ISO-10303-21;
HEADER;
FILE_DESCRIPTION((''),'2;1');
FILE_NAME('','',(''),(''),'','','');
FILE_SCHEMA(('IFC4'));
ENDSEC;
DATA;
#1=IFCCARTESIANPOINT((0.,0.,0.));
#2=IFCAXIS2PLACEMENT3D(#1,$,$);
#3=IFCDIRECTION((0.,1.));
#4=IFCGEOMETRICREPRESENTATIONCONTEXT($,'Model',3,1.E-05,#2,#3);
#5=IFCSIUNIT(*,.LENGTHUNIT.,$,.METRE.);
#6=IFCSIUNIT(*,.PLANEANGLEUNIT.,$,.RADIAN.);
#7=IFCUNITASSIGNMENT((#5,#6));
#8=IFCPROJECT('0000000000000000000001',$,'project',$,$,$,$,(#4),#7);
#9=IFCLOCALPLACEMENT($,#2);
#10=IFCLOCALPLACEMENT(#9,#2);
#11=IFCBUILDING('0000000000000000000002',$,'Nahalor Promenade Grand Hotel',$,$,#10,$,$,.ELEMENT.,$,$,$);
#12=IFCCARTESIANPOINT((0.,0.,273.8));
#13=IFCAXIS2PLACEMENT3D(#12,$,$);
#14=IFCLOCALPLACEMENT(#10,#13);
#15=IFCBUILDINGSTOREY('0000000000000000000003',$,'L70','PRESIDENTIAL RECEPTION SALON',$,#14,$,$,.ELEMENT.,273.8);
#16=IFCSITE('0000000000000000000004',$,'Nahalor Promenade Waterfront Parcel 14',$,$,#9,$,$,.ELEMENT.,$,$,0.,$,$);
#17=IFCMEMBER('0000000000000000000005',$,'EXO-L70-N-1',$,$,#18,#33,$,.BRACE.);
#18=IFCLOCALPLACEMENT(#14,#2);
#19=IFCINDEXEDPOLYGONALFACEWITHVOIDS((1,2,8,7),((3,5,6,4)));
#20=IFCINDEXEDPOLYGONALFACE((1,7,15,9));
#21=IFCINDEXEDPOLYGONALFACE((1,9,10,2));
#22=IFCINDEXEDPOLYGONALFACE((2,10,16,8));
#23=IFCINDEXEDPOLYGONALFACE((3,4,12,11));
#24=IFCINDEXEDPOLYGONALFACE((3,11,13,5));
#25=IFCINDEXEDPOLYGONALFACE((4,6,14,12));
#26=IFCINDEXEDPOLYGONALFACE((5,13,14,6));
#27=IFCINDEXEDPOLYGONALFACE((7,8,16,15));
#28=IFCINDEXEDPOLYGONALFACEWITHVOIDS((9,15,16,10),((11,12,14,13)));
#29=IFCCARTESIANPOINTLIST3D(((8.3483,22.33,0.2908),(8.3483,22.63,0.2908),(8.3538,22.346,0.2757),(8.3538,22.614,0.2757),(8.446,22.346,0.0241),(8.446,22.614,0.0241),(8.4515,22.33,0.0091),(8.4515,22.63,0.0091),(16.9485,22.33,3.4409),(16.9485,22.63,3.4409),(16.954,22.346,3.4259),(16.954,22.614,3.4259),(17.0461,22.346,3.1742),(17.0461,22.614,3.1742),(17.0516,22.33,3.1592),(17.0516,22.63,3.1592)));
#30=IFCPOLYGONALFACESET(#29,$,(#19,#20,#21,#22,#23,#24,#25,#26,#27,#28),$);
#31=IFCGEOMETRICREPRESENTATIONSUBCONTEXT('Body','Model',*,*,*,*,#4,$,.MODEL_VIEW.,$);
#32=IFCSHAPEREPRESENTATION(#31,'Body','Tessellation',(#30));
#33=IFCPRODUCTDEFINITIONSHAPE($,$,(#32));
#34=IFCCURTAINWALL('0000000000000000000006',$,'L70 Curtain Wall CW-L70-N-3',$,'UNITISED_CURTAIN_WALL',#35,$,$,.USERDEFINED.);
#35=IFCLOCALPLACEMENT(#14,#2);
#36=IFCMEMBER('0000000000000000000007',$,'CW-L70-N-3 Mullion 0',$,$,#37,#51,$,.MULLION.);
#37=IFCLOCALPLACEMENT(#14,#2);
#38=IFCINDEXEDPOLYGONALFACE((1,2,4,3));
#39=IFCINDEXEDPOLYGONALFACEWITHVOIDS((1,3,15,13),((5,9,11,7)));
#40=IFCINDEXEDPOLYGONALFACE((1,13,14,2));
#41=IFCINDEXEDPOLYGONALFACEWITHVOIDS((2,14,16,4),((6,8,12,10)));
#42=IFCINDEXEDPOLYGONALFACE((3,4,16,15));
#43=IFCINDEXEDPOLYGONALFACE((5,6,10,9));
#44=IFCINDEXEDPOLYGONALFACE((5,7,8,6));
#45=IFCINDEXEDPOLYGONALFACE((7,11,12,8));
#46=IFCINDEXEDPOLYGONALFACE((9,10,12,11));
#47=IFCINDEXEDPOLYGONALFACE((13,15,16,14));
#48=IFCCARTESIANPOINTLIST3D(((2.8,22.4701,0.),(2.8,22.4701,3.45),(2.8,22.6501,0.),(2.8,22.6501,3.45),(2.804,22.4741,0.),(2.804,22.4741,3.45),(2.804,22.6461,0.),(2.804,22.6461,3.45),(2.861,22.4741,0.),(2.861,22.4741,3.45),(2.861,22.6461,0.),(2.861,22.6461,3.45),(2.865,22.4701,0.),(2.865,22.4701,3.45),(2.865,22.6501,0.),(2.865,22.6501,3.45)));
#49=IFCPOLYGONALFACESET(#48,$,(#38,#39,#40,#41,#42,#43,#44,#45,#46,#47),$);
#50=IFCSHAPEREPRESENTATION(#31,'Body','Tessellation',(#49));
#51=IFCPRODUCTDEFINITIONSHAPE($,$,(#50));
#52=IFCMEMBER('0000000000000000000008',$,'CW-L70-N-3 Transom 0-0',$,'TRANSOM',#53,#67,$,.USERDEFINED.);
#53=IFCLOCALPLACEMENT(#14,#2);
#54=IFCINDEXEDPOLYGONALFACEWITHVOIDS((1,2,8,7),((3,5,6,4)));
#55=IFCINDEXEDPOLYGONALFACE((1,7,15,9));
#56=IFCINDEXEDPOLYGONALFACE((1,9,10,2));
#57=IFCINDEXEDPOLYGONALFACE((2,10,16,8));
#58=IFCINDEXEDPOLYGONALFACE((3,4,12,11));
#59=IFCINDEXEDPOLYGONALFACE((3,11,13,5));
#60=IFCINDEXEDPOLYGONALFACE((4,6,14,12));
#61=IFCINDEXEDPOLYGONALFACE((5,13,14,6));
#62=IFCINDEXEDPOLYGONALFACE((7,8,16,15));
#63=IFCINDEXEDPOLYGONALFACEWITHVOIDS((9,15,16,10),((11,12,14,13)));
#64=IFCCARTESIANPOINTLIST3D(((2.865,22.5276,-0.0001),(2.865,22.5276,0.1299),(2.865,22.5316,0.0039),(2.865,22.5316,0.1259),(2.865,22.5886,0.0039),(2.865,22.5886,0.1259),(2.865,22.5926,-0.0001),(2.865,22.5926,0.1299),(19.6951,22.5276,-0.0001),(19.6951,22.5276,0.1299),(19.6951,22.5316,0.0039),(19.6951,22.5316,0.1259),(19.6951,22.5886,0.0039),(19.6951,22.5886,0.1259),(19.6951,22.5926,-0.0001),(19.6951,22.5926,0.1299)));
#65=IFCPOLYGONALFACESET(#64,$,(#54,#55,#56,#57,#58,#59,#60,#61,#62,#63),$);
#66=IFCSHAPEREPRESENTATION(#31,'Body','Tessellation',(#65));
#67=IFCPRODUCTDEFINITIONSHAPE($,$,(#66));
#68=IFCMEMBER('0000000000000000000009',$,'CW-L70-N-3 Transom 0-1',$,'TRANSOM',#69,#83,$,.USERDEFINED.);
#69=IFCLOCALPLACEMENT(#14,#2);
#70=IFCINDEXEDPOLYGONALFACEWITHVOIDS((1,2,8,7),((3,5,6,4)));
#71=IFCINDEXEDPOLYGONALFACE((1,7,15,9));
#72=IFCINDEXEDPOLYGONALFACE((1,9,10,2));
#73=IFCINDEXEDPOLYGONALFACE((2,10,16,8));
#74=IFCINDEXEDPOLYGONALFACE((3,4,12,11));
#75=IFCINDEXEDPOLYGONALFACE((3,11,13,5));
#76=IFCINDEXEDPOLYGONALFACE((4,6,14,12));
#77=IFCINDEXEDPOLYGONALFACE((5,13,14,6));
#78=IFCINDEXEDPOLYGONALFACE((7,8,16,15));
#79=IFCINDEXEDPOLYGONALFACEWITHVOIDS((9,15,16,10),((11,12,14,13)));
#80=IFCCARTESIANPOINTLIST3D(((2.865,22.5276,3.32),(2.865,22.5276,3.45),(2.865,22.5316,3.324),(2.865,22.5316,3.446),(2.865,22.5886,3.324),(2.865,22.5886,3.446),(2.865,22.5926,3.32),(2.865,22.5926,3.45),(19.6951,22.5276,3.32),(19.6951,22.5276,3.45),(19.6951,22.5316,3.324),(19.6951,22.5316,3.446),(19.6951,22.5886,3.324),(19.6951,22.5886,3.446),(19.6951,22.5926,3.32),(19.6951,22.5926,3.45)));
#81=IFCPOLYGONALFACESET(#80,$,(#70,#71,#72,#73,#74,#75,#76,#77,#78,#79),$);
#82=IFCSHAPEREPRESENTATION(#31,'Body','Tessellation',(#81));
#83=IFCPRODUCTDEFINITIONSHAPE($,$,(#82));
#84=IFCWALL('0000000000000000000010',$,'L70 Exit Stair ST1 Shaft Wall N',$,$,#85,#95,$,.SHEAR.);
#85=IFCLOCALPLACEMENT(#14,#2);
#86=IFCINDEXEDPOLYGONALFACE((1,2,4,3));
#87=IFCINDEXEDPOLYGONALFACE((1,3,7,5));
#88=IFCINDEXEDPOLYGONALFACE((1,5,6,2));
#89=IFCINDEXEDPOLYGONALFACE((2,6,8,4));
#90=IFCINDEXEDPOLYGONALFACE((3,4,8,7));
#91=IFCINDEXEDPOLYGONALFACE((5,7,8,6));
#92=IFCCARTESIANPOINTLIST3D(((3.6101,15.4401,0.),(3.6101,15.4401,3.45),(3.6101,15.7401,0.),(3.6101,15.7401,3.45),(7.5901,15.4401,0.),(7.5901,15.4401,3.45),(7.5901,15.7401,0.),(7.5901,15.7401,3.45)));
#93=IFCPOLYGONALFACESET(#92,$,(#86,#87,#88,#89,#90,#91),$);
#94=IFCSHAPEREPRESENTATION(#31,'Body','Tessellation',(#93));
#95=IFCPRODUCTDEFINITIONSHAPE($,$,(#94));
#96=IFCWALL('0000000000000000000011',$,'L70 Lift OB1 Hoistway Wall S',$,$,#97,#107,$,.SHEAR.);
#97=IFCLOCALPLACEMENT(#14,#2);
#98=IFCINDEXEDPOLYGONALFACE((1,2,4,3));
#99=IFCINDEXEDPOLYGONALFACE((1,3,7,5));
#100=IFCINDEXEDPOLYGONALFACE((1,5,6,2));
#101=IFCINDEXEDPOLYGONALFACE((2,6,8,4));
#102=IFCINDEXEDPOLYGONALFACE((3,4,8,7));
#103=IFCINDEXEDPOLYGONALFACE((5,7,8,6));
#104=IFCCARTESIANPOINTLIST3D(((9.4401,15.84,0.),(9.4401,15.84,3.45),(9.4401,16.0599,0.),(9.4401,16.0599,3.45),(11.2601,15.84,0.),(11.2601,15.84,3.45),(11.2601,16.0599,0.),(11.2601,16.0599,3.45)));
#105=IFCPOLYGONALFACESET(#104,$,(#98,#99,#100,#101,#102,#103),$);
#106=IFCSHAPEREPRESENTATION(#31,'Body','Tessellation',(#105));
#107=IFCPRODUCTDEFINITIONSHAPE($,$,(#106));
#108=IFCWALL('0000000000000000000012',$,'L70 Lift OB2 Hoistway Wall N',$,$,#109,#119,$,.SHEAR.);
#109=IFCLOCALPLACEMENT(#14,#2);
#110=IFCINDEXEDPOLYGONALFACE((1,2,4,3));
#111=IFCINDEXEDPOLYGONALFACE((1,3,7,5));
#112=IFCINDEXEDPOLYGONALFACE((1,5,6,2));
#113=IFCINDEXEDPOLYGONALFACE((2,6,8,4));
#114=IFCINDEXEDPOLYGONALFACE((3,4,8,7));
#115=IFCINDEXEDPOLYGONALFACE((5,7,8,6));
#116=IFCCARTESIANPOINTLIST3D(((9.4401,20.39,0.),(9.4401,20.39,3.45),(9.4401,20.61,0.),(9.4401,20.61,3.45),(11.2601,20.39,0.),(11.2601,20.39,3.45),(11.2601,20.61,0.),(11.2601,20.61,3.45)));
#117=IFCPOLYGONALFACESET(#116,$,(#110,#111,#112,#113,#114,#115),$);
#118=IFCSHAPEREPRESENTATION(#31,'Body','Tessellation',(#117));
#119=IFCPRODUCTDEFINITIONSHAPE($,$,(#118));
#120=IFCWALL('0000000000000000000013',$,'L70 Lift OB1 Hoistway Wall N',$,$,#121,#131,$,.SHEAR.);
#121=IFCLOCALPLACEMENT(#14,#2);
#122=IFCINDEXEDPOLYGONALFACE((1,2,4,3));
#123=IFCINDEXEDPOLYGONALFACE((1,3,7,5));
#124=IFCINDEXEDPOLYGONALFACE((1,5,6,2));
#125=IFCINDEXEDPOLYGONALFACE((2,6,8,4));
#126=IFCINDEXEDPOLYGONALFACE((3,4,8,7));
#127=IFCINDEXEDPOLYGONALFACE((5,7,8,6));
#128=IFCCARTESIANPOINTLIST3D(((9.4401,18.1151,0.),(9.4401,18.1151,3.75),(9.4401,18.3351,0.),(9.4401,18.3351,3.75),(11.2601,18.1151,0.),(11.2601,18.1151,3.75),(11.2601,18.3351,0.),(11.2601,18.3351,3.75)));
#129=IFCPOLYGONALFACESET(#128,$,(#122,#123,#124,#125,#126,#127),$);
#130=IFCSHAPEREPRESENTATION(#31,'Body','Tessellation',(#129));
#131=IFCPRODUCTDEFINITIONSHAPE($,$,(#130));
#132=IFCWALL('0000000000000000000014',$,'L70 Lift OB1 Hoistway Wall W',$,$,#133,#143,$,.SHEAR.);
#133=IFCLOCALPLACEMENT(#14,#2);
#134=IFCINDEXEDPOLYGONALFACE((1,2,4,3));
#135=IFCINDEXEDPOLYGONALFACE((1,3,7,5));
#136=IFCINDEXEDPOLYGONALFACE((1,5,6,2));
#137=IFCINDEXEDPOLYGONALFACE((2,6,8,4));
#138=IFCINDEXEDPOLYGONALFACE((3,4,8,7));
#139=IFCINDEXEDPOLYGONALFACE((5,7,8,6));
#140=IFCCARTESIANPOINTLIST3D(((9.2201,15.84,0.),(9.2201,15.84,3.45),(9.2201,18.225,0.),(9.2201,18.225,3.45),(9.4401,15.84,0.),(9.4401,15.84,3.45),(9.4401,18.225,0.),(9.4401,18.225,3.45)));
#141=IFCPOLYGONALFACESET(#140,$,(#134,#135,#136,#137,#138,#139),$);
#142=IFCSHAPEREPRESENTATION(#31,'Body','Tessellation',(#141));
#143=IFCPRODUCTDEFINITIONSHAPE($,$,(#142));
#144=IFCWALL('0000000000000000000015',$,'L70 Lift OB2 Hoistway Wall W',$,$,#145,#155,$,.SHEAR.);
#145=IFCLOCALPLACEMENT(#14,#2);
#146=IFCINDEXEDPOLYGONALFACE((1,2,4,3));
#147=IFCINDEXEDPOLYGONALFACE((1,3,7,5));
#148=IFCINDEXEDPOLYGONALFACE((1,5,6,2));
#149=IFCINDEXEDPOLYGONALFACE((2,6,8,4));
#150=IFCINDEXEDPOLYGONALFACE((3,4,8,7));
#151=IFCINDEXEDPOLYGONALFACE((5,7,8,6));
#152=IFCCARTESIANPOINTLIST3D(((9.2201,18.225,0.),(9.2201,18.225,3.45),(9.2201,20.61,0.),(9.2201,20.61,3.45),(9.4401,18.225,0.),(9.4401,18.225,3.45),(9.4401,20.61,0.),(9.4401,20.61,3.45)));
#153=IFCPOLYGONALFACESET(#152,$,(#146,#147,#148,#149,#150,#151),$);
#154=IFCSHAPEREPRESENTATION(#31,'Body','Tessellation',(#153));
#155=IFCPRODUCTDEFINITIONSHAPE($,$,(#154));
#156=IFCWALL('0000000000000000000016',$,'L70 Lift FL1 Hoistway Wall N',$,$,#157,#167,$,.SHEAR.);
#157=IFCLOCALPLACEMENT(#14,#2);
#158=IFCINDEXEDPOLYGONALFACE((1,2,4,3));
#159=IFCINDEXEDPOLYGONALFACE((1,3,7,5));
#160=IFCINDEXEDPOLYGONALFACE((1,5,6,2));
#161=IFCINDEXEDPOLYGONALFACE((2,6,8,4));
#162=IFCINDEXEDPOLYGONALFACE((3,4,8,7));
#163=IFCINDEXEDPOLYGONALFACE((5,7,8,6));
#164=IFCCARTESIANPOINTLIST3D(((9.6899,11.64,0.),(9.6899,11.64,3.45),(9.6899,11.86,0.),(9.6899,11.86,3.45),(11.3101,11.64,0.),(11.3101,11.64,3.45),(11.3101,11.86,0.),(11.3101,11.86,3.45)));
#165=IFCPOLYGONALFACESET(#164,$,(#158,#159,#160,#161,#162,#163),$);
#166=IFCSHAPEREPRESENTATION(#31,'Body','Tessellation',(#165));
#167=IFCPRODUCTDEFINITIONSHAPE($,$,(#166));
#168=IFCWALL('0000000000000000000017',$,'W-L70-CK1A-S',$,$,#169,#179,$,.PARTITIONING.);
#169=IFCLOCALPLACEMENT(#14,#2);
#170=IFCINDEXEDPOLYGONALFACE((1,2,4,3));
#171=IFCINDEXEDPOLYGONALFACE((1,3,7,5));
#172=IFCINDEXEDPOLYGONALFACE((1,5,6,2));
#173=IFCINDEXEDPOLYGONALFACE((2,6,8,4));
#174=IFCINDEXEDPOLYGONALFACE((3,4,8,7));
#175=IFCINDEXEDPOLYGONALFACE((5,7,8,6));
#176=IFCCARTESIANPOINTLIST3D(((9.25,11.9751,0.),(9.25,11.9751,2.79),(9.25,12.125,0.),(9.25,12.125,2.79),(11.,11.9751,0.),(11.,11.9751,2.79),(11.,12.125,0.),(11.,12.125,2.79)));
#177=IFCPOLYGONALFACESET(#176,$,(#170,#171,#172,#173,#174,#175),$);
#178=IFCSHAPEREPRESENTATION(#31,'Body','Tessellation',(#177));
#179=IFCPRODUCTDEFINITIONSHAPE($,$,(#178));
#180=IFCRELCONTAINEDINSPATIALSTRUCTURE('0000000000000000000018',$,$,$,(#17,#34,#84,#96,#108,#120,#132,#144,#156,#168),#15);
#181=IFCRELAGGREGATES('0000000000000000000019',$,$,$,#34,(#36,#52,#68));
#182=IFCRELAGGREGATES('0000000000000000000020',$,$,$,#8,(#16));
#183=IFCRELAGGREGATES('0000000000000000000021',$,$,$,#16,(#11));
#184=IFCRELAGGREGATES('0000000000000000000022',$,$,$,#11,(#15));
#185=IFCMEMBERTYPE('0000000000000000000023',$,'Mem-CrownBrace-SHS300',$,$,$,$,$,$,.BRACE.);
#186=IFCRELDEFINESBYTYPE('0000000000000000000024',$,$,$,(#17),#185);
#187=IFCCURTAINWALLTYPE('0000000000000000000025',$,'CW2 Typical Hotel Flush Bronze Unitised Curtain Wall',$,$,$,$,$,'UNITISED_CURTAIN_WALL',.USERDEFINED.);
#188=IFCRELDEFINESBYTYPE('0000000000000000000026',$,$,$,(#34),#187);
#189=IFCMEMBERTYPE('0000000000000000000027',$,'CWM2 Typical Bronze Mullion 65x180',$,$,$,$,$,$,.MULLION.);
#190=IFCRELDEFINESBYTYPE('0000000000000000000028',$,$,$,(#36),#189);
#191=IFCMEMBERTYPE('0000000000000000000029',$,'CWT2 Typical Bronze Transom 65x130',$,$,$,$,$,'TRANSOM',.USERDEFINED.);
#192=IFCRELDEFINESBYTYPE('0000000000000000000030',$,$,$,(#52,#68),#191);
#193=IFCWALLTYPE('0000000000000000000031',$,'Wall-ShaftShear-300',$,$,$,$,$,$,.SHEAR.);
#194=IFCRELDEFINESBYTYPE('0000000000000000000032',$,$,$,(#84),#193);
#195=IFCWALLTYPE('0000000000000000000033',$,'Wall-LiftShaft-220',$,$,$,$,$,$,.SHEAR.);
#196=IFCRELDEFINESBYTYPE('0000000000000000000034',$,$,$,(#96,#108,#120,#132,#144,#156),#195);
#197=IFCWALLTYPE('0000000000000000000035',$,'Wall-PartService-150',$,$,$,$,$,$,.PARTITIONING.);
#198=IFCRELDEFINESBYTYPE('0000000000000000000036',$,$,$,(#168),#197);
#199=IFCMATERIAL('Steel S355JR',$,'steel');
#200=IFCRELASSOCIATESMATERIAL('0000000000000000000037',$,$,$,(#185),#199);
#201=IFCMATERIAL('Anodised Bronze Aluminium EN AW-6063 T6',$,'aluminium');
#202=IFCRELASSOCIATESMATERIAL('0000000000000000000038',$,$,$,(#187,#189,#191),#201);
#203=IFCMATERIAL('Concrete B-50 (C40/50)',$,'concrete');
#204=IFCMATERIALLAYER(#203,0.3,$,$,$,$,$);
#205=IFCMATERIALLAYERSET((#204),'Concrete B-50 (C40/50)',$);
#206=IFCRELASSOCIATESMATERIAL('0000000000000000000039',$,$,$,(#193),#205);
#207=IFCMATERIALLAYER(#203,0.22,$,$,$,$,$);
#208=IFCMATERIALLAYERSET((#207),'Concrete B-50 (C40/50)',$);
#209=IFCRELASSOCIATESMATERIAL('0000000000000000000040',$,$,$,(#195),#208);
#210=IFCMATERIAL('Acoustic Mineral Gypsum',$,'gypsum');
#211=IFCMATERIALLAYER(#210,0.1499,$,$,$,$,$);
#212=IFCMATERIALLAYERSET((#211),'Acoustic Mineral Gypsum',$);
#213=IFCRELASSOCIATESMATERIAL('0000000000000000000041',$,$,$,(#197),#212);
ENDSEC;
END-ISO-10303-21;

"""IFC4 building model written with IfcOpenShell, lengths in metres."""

from ifc_helpers import new_model, si_unit, direction, frame, frame_2d, origin, origin_2d, place, context, subcontext, project, spatial, rectangle, hollow_rectangle, extrude, source, transform, mapped, material, layer, layer_set, material_profile, profile_set, type_object, element, aggregate, save


model = new_model("IFC4")

# Units and contexts
model_context = context("Model", 3, precision=1e-05, world=origin(), true_north=direction((0.0, 1.0)))
body_context = subcontext(model_context, "Body", "Model", "MODEL_VIEW")
ifc_project = project(units=[si_unit("LENGTHUNIT", "METRE"), si_unit("PLANEANGLEUNIT", "RADIAN")], contexts=[model_context])

# Site, building, storey
site_placement = place(None, origin())
site = spatial("IfcSite", under=ifc_project, at=site_placement, Name="Nahalor Promenade Waterfront Parcel 14", CompositionType="ELEMENT", RefElevation=0.0)
building_placement = place(site_placement, origin())
building = spatial("IfcBuilding", under=site, at=building_placement, Name="Nahalor Promenade Grand Hotel", CompositionType="ELEMENT")
storey_placement = place(building_placement, frame((0.0, 0.0, 273.8)))
storey = spatial("IfcBuildingStorey", under=building, at=storey_placement, Name="L70", Description="PRESIDENTIAL RECEPTION SALON", CompositionType="ELEMENT", Elevation=273.8)

# Shared definitions
ifc_material_1 = material(Name="Concrete B-50 (C40/50)", Category="concrete")
ifc_material_2 = material(Name="Steel S355JR", Category="steel")

# Member
ifc_material_profile_1 = material_profile(ifc_material_2, hollow_rectangle(XDim=0.3, YDim=0.3, WallThickness=0.016, at=origin_2d()), Name="SHS 300x300x16")
ifc_profile_set_1 = profile_set([ifc_material_profile_1], Name="Steel S355JR")
member_type_1 = type_object("IfcMemberType", Name="Mem-CrownBrace-SHS300", PredefinedType="BRACE", material=ifc_profile_set_1)
shared_shape_1 = source(origin(), body_context, "Body", "SweptSolid", [
    extrude(hollow_rectangle(XDim=0.3, YDim=0.3, WallThickness=0.016, at=origin_2d()), origin(), (0.0, 0.0, 1.0), 9.1589),
])
member_1_placement = place(storey_placement, frame((8.3999, 22.48, 0.1499), z_axis=(0.93899, 0.0, 0.343944), x_axis=(0.0, 1.0, 0.0)))
element("IfcMember", 1, at=member_1_placement, inside=storey, type_object=member_type_1, Name="EXO-L70-N-1", PredefinedType="BRACE", context=body_context, shape_type="MappedRepresentation", body=[
    mapped(shared_shape_1, transform((0.0, 0.0, 0.0), scale=1.0)),
])

# Curtain wall, members
ifc_material_3 = material(Name="Anodised Bronze Aluminium EN AW-6063 T6", Category="aluminium")
curtain_wall_type = type_object("IfcCurtainWallType", Name="CW2 Typical Hotel Flush Bronze Unitised Curtain Wall", ElementType="UNITISED_CURTAIN_WALL", PredefinedType="USERDEFINED", material=ifc_material_3)
curtain_wall_placement = place(storey_placement, origin())
curtain_wall = element("IfcCurtainWall", 2, at=curtain_wall_placement, inside=storey, type_object=curtain_wall_type, Name="L70 Curtain Wall CW-L70-N-3", ObjectType="UNITISED_CURTAIN_WALL", PredefinedType="USERDEFINED")
ifc_material_profile_2 = material_profile(ifc_material_3, hollow_rectangle(XDim=0.065, YDim=0.18, WallThickness=0.004, at=origin_2d()), Name="CWM 65x180x4")
ifc_profile_set_2 = profile_set([ifc_material_profile_2], Name="Anodised Bronze Aluminium EN AW-6063 T6")
member_type_2 = type_object("IfcMemberType", Name="CWM2 Typical Bronze Mullion 65x180", PredefinedType="MULLION", material=ifc_profile_set_2)
shared_shape_2 = source(origin(), body_context, "Body", "SweptSolid", [
    extrude(hollow_rectangle(XDim=0.065, YDim=0.18, WallThickness=0.004, at=origin_2d()), origin(), (0.0, 0.0, 1.0), 3.45),
])
member_2_placement = place(storey_placement, frame((2.8325, 22.5601, 0.0), z_axis=(0.0, 0.0, 1.0), x_axis=(1.0, 0.0, 0.0)))
member_2 = element("IfcMember", 3, at=member_2_placement, type_object=member_type_2, Name="CW-L70-N-3 Mullion 0", PredefinedType="MULLION", context=body_context, shape_type="MappedRepresentation", body=[
    mapped(shared_shape_2, transform((0.0, 0.0, 0.0), scale=1.0)),
])
ifc_material_profile_3 = material_profile(ifc_material_3, hollow_rectangle(XDim=0.065, YDim=0.13, WallThickness=0.004, at=origin_2d()), Name="CWT 65x130x4")
ifc_profile_set_3 = profile_set([ifc_material_profile_3], Name="Anodised Bronze Aluminium EN AW-6063 T6")
member_type_3 = type_object("IfcMemberType", Name="CWT2 Typical Bronze Transom 65x130", ElementType="TRANSOM", PredefinedType="USERDEFINED", material=ifc_profile_set_3)
shared_shape_3 = source(origin(), body_context, "Body", "SweptSolid", [
    extrude(hollow_rectangle(XDim=0.065, YDim=0.13, WallThickness=0.004, at=origin_2d()), origin(), (0.0, 0.0, 1.0), 16.8301),
])
member_3_placement = place(storey_placement, frame((2.865, 22.5601, 0.0649), z_axis=(1.0, 0.0, 0.0), x_axis=(0.0, 1.0, 0.0)))
member_3 = element("IfcMember", 4, at=member_3_placement, type_object=member_type_3, Name="CW-L70-N-3 Transom 0-0", ObjectType="TRANSOM", PredefinedType="USERDEFINED", context=body_context, shape_type="MappedRepresentation", body=[
    mapped(shared_shape_3, transform((0.0, 0.0, 0.0), scale=1.0)),
])
member_4_placement = place(storey_placement, frame((2.865, 22.5601, 3.385), z_axis=(1.0, 0.0, 0.0), x_axis=(0.0, 1.0, 0.0)))
member_4 = element("IfcMember", 5, at=member_4_placement, type_object=member_type_3, Name="CW-L70-N-3 Transom 0-1", ObjectType="TRANSOM", PredefinedType="USERDEFINED", context=body_context, shape_type="MappedRepresentation", body=[
    mapped(shared_shape_3, transform((0.0, 0.0, 0.0), scale=1.0)),
])
aggregate(curtain_wall, [member_2, member_3, member_4])

# Walls
ifc_layer_1 = layer(ifc_material_1, 0.3)
ifc_layer_set_1 = layer_set([ifc_layer_1], Name="Concrete B-50 (C40/50)")
wall_type_1 = type_object("IfcWallType", Name="Wall-ShaftShear-300", PredefinedType="SHEAR", material=ifc_layer_set_1)
shared_shape_4 = source(origin(), body_context, "Body", "SweptSolid", [
    extrude(rectangle(XDim=3.98, YDim=0.3, at=frame_2d((1.99, 0.0))), origin(), (0.0, 0.0, 1.0), 3.45),
])
wall_1_placement = place(storey_placement, frame((3.6101, 15.5901, 0.0), z_axis=(0.0, 0.0, 1.0), x_axis=(1.0, 0.0, 0.0)))
element("IfcWall", 6, at=wall_1_placement, inside=storey, type_object=wall_type_1, Name="L70 Exit Stair ST1 Shaft Wall N", PredefinedType="SHEAR", context=body_context, shape_type="MappedRepresentation", body=[
    mapped(shared_shape_4, transform((0.0, 0.0, 0.0), scale=1.0)),
])
ifc_layer_2 = layer(ifc_material_1, 0.22)
ifc_layer_set_2 = layer_set([ifc_layer_2], Name="Concrete B-50 (C40/50)")
wall_type_2 = type_object("IfcWallType", Name="Wall-LiftShaft-220", PredefinedType="SHEAR", material=ifc_layer_set_2)
shared_shape_5 = source(origin(), body_context, "Body", "SweptSolid", [
    extrude(rectangle(XDim=1.8201, YDim=0.22, at=frame_2d((0.9102, 0.0))), origin(), (0.0, 0.0, 1.0), 3.45),
])
for number, where, z_axis, x_axis, name in (
    (7, (9.4399, 15.95, 0.0), (0.0, 0.0, 1.0), (1.0, 0.0, 0.0), "L70 Lift OB1 Hoistway Wall S"),
    (8, (9.4399, 20.5, 0.0), (0.0, 0.0, 1.0), (1.0, 0.0, 0.0), "L70 Lift OB2 Hoistway Wall N"),
):
    element("IfcWall", number, at=place(storey_placement, frame(where, z_axis=z_axis, x_axis=x_axis)), inside=storey, type_object=wall_type_2, Name=name, PredefinedType="SHEAR", context=body_context, shape_type="MappedRepresentation", body=[
        mapped(shared_shape_5, transform((0.0, 0.0, 0.0), scale=1.0)),
    ])
shared_shape_6 = source(origin(), body_context, "Body", "SweptSolid", [
    extrude(rectangle(XDim=1.8201, YDim=0.22, at=frame_2d((0.9102, 0.0))), origin(), (0.0, 0.0, 1.0), 3.75),
])
wall_2_placement = place(storey_placement, frame((9.4399, 18.2251, 0.0), z_axis=(0.0, 0.0, 1.0), x_axis=(1.0, 0.0, 0.0)))
element("IfcWall", 9, at=wall_2_placement, inside=storey, type_object=wall_type_2, Name="L70 Lift OB1 Hoistway Wall N", PredefinedType="SHEAR", context=body_context, shape_type="MappedRepresentation", body=[
    mapped(shared_shape_6, transform((0.0, 0.0, 0.0), scale=1.0)),
])
shared_shape_7 = source(origin(), body_context, "Body", "SweptSolid", [
    extrude(rectangle(XDim=2.385, YDim=0.22, at=frame_2d((1.1924, 0.0))), origin(), (0.0, 0.0, 1.0), 3.45),
])
for number, where, z_axis, x_axis, name in (
    (10, (9.3301, 15.8401, 0.0), (0.0, 0.0, 1.0), (0.0, 1.0, 0.0), "L70 Lift OB1 Hoistway Wall W"),
    (11, (9.3301, 18.2251, 0.0), (0.0, 0.0, 1.0), (0.0, 1.0, 0.0), "L70 Lift OB2 Hoistway Wall W"),
):
    element("IfcWall", number, at=place(storey_placement, frame(where, z_axis=z_axis, x_axis=x_axis)), inside=storey, type_object=wall_type_2, Name=name, PredefinedType="SHEAR", context=body_context, shape_type="MappedRepresentation", body=[
        mapped(shared_shape_7, transform((0.0, 0.0, 0.0), scale=1.0)),
    ])
shared_shape_8 = source(origin(), body_context, "Body", "SweptSolid", [
    extrude(rectangle(XDim=1.6201, YDim=0.22, at=frame_2d((0.8101, 0.0))), origin(), (0.0, 0.0, 1.0), 3.45),
])
wall_3_placement = place(storey_placement, frame((9.6899, 11.75, 0.0), z_axis=(0.0, 0.0, 1.0), x_axis=(1.0, 0.0, 0.0)))
element("IfcWall", 12, at=wall_3_placement, inside=storey, type_object=wall_type_2, Name="L70 Lift FL1 Hoistway Wall N", PredefinedType="SHEAR", context=body_context, shape_type="MappedRepresentation", body=[
    mapped(shared_shape_8, transform((0.0, 0.0, 0.0), scale=1.0)),
])
ifc_material_4 = material(Name="Acoustic Mineral Gypsum", Category="gypsum")
ifc_layer_3 = layer(ifc_material_4, 0.1499)
ifc_layer_set_3 = layer_set([ifc_layer_3], Name="Acoustic Mineral Gypsum")
wall_type_3 = type_object("IfcWallType", Name="Wall-PartService-150", PredefinedType="PARTITIONING", material=ifc_layer_set_3)
shared_shape_9 = source(origin(), body_context, "Body", "SweptSolid", [
    extrude(rectangle(XDim=1.75, YDim=0.1499, at=frame_2d((0.875, 0.0))), origin(), (0.0, 0.0, 1.0), 2.79),
])
for number, where, z_axis, x_axis, name in (
    (13, (9.25, 12.05, 0.0), (0.0, 0.0, 1.0), (1.0, 0.0, 0.0), "W-L70-CK1A-S"),
):
    element("IfcWall", number, at=place(storey_placement, frame(where, z_axis=z_axis, x_axis=x_axis)), inside=storey, type_object=wall_type_3, Name=name, PredefinedType="PARTITIONING", context=body_context, shape_type="MappedRepresentation", body=[
        mapped(shared_shape_9, transform((0.0, 0.0, 0.0), scale=1.0)),
    ])

save(model, "model.ifc")
